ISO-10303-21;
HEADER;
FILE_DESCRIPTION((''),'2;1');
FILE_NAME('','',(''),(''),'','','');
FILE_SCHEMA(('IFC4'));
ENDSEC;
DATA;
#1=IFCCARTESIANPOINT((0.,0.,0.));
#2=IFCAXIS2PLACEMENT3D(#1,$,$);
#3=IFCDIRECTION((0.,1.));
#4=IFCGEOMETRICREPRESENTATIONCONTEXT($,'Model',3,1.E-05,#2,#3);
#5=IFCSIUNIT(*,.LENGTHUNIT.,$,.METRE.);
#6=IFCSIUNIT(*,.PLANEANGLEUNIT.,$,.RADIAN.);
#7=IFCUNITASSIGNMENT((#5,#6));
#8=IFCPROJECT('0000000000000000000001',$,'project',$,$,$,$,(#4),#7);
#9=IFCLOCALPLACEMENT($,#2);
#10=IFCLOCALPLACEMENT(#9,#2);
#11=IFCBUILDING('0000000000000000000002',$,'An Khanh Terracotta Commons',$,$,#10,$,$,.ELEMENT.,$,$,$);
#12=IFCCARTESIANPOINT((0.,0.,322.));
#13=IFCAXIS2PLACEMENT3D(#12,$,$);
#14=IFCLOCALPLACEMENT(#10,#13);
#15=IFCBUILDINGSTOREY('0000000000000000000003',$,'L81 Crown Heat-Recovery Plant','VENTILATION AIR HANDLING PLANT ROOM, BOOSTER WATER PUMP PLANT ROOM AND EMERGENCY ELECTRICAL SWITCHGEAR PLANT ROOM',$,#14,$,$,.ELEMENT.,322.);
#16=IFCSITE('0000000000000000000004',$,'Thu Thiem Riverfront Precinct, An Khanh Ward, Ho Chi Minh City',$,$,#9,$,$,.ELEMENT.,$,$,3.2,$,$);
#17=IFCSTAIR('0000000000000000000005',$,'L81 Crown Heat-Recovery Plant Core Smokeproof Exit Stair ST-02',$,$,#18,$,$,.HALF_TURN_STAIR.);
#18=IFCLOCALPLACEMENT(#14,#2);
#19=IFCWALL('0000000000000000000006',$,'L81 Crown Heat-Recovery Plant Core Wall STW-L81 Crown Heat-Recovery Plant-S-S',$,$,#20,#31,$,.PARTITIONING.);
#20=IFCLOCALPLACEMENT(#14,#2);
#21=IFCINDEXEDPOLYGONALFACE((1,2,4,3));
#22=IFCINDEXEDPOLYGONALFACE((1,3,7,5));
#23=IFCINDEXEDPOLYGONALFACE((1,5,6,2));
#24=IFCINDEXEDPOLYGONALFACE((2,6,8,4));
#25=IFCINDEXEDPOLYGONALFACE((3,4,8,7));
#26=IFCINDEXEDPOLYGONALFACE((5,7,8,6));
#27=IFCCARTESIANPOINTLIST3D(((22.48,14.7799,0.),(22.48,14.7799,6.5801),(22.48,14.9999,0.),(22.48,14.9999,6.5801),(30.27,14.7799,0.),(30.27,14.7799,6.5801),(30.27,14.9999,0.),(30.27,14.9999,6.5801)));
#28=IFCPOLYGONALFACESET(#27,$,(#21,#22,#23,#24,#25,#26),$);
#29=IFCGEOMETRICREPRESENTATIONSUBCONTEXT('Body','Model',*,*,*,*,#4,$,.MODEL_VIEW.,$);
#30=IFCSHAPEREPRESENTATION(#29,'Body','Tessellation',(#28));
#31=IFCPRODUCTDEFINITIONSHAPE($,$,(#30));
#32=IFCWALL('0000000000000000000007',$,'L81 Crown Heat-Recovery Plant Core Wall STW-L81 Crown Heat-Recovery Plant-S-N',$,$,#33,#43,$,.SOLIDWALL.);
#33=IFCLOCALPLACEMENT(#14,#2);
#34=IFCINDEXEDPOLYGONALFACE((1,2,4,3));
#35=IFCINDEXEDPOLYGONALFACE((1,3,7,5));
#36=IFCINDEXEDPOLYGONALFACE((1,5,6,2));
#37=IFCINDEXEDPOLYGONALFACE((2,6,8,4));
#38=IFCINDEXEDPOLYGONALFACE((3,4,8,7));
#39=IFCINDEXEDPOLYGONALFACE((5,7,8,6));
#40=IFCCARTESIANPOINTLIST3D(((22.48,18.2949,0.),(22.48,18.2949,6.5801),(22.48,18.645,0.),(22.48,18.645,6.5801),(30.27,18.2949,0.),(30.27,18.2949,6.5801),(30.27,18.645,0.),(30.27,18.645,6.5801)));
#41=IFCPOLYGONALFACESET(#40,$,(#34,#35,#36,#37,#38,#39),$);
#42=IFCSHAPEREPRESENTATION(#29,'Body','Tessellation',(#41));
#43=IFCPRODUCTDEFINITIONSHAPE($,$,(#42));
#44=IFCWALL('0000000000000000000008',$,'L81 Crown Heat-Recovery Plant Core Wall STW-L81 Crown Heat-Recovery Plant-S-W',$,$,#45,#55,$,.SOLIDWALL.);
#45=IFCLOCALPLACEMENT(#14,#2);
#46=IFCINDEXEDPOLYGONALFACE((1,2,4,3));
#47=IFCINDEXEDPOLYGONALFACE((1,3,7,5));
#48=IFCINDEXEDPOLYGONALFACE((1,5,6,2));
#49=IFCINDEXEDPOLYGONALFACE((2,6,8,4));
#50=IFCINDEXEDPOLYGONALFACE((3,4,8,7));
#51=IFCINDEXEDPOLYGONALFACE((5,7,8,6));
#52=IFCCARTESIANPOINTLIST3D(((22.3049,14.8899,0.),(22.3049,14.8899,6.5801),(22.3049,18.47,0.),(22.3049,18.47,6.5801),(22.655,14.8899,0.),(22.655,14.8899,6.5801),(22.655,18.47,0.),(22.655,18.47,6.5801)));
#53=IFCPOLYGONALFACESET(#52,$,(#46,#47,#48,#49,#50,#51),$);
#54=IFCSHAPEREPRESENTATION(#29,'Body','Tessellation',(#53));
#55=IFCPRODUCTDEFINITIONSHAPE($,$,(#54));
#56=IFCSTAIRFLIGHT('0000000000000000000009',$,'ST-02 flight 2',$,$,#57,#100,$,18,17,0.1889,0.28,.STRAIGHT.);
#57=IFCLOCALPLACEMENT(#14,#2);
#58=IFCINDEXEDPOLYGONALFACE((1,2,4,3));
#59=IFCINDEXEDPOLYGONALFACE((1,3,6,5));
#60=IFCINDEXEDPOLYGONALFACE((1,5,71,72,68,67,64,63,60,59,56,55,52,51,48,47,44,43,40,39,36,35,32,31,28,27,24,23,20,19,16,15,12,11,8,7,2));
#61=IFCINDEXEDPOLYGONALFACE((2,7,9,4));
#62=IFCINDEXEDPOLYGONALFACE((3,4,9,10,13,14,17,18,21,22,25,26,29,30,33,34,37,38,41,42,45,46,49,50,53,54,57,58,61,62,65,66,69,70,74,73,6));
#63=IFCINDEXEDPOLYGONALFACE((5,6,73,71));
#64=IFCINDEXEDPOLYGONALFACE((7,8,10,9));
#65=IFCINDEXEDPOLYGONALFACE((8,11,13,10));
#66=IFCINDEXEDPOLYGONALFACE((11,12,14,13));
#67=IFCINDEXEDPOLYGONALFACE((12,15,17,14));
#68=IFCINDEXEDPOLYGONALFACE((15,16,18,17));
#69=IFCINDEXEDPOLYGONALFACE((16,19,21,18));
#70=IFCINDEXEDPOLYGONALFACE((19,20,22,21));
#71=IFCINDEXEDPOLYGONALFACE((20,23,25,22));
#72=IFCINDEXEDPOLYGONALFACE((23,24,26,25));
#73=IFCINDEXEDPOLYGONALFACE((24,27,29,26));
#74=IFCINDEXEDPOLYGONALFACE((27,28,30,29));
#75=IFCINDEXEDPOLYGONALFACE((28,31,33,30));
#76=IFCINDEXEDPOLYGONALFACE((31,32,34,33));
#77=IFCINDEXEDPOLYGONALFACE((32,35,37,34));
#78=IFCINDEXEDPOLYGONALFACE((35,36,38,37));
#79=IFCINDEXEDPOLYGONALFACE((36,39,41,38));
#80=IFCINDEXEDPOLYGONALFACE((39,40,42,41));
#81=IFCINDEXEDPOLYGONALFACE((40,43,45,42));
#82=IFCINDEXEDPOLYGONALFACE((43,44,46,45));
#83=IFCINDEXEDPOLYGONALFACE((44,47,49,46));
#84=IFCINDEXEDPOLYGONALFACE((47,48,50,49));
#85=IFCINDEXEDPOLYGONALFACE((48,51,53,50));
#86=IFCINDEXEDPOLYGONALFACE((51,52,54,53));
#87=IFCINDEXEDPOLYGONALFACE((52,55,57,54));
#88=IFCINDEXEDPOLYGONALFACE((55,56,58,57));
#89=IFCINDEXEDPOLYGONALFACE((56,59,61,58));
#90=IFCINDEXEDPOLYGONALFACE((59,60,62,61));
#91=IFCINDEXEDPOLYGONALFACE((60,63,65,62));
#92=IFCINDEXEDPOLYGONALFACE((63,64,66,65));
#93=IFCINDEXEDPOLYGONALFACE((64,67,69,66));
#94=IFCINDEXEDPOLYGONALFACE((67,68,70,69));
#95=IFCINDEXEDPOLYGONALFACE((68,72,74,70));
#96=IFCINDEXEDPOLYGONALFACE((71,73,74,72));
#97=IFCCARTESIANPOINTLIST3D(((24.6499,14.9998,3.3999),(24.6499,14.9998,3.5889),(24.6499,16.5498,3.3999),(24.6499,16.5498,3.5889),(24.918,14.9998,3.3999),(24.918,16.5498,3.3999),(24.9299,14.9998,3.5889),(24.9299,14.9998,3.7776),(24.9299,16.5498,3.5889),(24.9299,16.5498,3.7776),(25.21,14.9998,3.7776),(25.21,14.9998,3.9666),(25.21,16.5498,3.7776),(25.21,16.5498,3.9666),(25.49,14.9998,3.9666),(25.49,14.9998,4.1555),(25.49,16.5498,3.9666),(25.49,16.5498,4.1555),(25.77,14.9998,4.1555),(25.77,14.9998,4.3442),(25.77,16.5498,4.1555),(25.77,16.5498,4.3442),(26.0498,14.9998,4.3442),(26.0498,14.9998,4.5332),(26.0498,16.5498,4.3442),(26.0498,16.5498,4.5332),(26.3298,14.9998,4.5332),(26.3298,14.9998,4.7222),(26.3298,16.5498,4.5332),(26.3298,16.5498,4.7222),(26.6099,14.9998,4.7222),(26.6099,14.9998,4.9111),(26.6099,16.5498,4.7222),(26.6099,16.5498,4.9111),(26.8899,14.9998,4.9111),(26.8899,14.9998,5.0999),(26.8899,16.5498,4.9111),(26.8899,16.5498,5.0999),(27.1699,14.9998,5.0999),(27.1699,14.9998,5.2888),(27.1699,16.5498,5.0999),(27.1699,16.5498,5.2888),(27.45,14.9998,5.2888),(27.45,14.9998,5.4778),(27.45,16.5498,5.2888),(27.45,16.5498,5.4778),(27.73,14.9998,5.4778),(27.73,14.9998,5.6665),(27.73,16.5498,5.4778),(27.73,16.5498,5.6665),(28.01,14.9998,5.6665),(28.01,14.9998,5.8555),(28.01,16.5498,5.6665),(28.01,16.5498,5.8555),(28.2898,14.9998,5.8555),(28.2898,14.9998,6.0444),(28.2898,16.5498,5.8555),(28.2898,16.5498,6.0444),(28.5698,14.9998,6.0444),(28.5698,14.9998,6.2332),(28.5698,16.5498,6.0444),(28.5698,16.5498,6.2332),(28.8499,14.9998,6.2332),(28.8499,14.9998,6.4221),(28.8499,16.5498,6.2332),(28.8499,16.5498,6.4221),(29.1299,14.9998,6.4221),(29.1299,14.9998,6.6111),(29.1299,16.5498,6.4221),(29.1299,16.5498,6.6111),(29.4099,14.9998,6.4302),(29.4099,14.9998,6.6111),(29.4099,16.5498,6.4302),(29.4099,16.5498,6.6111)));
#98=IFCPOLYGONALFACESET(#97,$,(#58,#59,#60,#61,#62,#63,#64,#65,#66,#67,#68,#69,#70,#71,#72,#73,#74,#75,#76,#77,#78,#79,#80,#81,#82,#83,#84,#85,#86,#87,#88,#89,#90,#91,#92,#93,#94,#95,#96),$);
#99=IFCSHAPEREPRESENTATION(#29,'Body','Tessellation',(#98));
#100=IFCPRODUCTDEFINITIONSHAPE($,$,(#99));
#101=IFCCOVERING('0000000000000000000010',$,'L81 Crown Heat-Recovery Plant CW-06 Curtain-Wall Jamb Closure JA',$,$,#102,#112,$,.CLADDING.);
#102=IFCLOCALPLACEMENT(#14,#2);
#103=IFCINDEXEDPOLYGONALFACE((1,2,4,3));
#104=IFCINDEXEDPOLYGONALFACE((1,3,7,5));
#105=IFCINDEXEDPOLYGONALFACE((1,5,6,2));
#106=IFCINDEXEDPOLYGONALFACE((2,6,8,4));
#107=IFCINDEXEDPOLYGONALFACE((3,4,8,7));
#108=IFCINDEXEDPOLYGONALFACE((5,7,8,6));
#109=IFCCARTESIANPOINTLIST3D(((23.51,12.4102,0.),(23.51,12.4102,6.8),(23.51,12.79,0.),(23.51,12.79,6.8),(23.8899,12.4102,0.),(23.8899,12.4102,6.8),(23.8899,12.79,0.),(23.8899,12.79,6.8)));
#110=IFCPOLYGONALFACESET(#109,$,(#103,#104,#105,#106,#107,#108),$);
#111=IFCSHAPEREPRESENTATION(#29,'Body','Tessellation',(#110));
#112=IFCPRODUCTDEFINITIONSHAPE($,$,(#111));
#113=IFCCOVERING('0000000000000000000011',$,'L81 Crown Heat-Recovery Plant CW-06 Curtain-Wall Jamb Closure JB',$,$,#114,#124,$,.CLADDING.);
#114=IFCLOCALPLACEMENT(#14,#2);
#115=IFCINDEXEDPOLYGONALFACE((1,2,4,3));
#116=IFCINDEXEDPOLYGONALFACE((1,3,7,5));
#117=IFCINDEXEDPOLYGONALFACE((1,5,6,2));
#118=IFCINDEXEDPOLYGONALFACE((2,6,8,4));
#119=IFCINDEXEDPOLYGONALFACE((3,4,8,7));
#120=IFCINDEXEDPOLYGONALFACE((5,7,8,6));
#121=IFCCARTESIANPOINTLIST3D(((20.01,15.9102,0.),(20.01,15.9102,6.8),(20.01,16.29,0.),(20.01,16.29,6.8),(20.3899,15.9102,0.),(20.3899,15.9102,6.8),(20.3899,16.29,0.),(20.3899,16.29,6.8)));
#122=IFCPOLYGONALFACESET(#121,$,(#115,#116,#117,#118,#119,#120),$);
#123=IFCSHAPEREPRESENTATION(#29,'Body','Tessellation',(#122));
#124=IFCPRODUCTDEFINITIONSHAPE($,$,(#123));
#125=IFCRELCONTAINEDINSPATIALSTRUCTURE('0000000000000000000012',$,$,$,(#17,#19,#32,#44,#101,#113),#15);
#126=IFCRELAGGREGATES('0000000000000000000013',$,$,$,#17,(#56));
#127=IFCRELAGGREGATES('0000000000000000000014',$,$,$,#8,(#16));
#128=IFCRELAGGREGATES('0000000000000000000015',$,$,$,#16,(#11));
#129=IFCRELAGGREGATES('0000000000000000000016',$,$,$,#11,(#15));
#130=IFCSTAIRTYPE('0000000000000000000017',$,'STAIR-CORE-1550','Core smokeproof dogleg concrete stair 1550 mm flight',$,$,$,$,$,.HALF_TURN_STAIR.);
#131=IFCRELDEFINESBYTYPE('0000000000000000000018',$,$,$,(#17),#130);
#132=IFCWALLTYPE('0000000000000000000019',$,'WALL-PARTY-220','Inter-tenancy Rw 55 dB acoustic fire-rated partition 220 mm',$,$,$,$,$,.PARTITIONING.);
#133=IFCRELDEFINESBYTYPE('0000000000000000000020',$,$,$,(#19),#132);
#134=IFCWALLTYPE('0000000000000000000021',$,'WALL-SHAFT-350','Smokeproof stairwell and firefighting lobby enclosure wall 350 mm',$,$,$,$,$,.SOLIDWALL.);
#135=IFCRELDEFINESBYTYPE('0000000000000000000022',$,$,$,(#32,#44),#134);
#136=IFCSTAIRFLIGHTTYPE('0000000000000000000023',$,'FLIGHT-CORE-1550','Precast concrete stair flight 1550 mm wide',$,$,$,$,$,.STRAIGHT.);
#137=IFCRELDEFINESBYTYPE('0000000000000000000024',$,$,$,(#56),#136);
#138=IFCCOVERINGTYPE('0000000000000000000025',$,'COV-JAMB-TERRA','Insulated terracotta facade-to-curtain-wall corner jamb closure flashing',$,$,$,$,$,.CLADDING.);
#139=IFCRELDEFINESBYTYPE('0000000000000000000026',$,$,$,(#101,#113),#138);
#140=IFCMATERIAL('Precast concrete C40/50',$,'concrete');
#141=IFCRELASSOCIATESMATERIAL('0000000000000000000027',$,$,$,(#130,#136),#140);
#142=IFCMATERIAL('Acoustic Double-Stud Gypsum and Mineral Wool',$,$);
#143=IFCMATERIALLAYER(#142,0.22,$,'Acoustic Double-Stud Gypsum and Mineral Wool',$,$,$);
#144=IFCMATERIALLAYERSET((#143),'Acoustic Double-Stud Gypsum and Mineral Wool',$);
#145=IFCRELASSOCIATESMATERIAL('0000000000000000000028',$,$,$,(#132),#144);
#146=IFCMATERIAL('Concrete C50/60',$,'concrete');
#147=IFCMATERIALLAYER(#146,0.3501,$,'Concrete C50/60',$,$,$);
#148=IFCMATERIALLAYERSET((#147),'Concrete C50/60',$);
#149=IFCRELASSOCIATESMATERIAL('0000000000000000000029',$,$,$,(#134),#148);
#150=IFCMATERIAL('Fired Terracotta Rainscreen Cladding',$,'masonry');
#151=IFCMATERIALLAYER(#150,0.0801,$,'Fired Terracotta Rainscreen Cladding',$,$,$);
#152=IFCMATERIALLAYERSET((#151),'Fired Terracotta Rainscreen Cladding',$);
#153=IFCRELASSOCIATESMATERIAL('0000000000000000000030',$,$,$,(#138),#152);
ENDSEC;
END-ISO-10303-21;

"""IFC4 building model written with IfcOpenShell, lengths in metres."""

from ifc_helpers import new_model, si_unit, direction, frame, frame_2d, origin, origin_2d, place, context, subcontext, project, spatial, polyline, rectangle, outline, extrude, material, layer, layer_set, type_object, element, aggregate, save


model = new_model("IFC4")

# Units and contexts
model_context = context("Model", 3, precision=1e-05, world=origin(), true_north=direction((0.0, 1.0)))
body_context = subcontext(model_context, "Body", "Model", "MODEL_VIEW")
ifc_project = project(units=[si_unit("LENGTHUNIT", "METRE"), si_unit("PLANEANGLEUNIT", "RADIAN")], contexts=[model_context])

# Site, building, storey
site_placement = place(None, origin())
site = spatial("IfcSite", under=ifc_project, at=site_placement, Name="Thu Thiem Riverfront Precinct, An Khanh Ward, Ho Chi Minh City", CompositionType="ELEMENT", RefElevation=3.2)
building_placement = place(site_placement, origin())
building = spatial("IfcBuilding", under=site, at=building_placement, Name="An Khanh Terracotta Commons", CompositionType="ELEMENT")
storey_placement = place(building_placement, frame((0.0, 0.0, 322.0)))
storey = spatial("IfcBuildingStorey", under=building, at=storey_placement, Name="L81 Crown Heat-Recovery Plant", Description="VENTILATION AIR HANDLING PLANT ROOM, BOOSTER WATER PUMP PLANT ROOM AND EMERGENCY ELECTRICAL SWITCHGEAR PLANT ROOM", CompositionType="ELEMENT", Elevation=322.0)

# Shared definitions
ifc_material_1 = material(Name="Concrete C50/60", Category="concrete")

# Stair
ifc_material_2 = material(Name="Precast concrete C40/50", Category="concrete")
stair_type = type_object("IfcStairType", Name="STAIR-CORE-1550", Description="Core smokeproof dogleg concrete stair 1550 mm flight", PredefinedType="HALF_TURN_STAIR", material=ifc_material_2)
stair_1_placement = place(storey_placement, origin())
stair_1 = element("IfcStair", 1, at=stair_1_placement, inside=storey, type_object=stair_type, Name="L81 Crown Heat-Recovery Plant Core Smokeproof Exit Stair ST-02", PredefinedType="HALF_TURN_STAIR")

# Walls
ifc_material_3 = material(Name="Acoustic Double-Stud Gypsum and Mineral Wool")
ifc_layer_1 = layer(ifc_material_3, 0.22, Name="Acoustic Double-Stud Gypsum and Mineral Wool")
ifc_layer_set_1 = layer_set([ifc_layer_1], Name="Acoustic Double-Stud Gypsum and Mineral Wool")
wall_type_1 = type_object("IfcWallType", Name="WALL-PARTY-220", Description="Inter-tenancy Rw 55 dB acoustic fire-rated partition 220 mm", PredefinedType="PARTITIONING", material=ifc_layer_set_1)
wall_1_placement = place(storey_placement, frame((22.48, 14.8899, 0.0), z_axis=(0.0, 0.0, 1.0), x_axis=(1.0, 0.0, 0.0)))
element("IfcWall", 2, at=wall_1_placement, inside=storey, type_object=wall_type_1, Name="L81 Crown Heat-Recovery Plant Core Wall STW-L81 Crown Heat-Recovery Plant-S-S", PredefinedType="PARTITIONING", context=body_context, shape_type="SweptSolid", body=[
    extrude(rectangle(XDim=7.79, YDim=0.22, at=frame_2d((3.895, 0.0))), origin(), (0.0, 0.0, 1.0), 6.5801),
])
ifc_layer_2 = layer(ifc_material_1, 0.3501, Name="Concrete C50/60")
ifc_layer_set_2 = layer_set([ifc_layer_2], Name="Concrete C50/60")
wall_type_2 = type_object("IfcWallType", Name="WALL-SHAFT-350", Description="Smokeproof stairwell and firefighting lobby enclosure wall 350 mm", PredefinedType="SOLIDWALL", material=ifc_layer_set_2)
wall_2_placement = place(storey_placement, frame((22.48, 18.47, 0.0), z_axis=(0.0, 0.0, 1.0), x_axis=(1.0, 0.0, 0.0)))
element("IfcWall", 3, at=wall_2_placement, inside=storey, type_object=wall_type_2, Name="L81 Crown Heat-Recovery Plant Core Wall STW-L81 Crown Heat-Recovery Plant-S-N", PredefinedType="SOLIDWALL", context=body_context, shape_type="SweptSolid", body=[
    extrude(rectangle(XDim=7.79, YDim=0.3501, at=frame_2d((3.895, 0.0))), origin(), (0.0, 0.0, 1.0), 6.5801),
])
wall_3_placement = place(storey_placement, frame((22.48, 14.8899, 0.0), z_axis=(0.0, 0.0, 1.0), x_axis=(0.0, 1.0, 0.0)))
element("IfcWall", 4, at=wall_3_placement, inside=storey, type_object=wall_type_2, Name="L81 Crown Heat-Recovery Plant Core Wall STW-L81 Crown Heat-Recovery Plant-S-W", PredefinedType="SOLIDWALL", context=body_context, shape_type="SweptSolid", body=[
    extrude(rectangle(XDim=3.5801, YDim=0.3501, at=frame_2d((1.79, 0.0))), origin(), (0.0, 0.0, 1.0), 6.5801),
])

# Stair flight
stair_flight_type = type_object("IfcStairFlightType", Name="FLIGHT-CORE-1550", Description="Precast concrete stair flight 1550 mm wide", PredefinedType="STRAIGHT", material=ifc_material_2)
stair_flight_placement = place(storey_placement, frame((24.6499, 15.7749, 3.3999), z_axis=(0.0, 0.0, 1.0), x_axis=(1.0, 0.0, 0.0)))
stair_flight = element("IfcStairFlight", 5, at=stair_flight_placement, type_object=stair_flight_type, Name="ST-02 flight 2", NumberOfRisers=18, NumberOfTreads=17, PredefinedType="STRAIGHT", RiserHeight=0.1889, TreadLength=0.28, context=body_context, shape_type="SweptSolid", body=[
    extrude(outline(polyline([(0.0, 0.0), (0.0, 0.189), (0.28, 0.189), (0.28, 0.3777), (0.5601, 0.3777), (0.5601, 0.5667), (0.8401, 0.5667), (0.8401, 0.7556), (1.1201, 0.7556), (1.1201, 0.9443), (1.3999, 0.9443), (1.3999, 1.1333), (1.6799, 1.1333), (1.6799, 1.3223), (1.96, 1.3223), (1.96, 1.5112), (2.24, 1.5112), (2.24, 1.7), (2.52, 1.7), (2.52, 1.8889), (2.8, 1.8889), (2.8, 2.0779), (3.0801, 2.0779), (3.0801, 2.2666), (3.3601, 2.2666), (3.3601, 2.4556), (3.6399, 2.4556), (3.6399, 2.6445), (3.9199, 2.6445), (3.9199, 2.8333), (4.2, 2.8333), (4.2, 3.0222), (4.48, 3.0222), (4.48, 3.2112), (4.76, 3.2112), (4.76, 3.3999), (4.76, 3.0303), (0.2681, 0.0), (0.0, 0.0)])), frame((0.0, 0.7749, 0.0), z_axis=(0.0, -1.0, 0.0), x_axis=(1.0, 0.0, 0.0)), (0.0, 0.0, 1.0), 1.55),
])
aggregate(stair_1, [stair_flight])

# Coverings
ifc_material_4 = material(Name="Fired Terracotta Rainscreen Cladding", Category="masonry")
ifc_layer_3 = layer(ifc_material_4, 0.0801, Name="Fired Terracotta Rainscreen Cladding")
ifc_layer_set_3 = layer_set([ifc_layer_3], Name="Fired Terracotta Rainscreen Cladding")
covering_type = type_object("IfcCoveringType", Name="COV-JAMB-TERRA", Description="Insulated terracotta facade-to-curtain-wall corner jamb closure flashing", PredefinedType="CLADDING", material=ifc_layer_set_3)
for number, where, z_axis, x_axis, name in (
    (6, (23.7, 12.6001, 0.0), (0.0, 0.0, 1.0), (1.0, 0.0, 0.0), "L81 Crown Heat-Recovery Plant CW-06 Curtain-Wall Jamb Closure JA"),
    (7, (20.2, 16.1001, 0.0), (0.0, 0.0, 1.0), (1.0, 0.0, 0.0), "L81 Crown Heat-Recovery Plant CW-06 Curtain-Wall Jamb Closure JB"),
):
    element("IfcCovering", number, at=place(storey_placement, frame(where, z_axis=z_axis, x_axis=x_axis)), inside=storey, type_object=covering_type, Name=name, PredefinedType="CLADDING", context=body_context, shape_type="SweptSolid", body=[
        extrude(rectangle(XDim=0.3799, YDim=0.3799, at=origin_2d()), origin(), (0.0, 0.0, 1.0), 6.8),
    ])

save(model, "model.ifc")
